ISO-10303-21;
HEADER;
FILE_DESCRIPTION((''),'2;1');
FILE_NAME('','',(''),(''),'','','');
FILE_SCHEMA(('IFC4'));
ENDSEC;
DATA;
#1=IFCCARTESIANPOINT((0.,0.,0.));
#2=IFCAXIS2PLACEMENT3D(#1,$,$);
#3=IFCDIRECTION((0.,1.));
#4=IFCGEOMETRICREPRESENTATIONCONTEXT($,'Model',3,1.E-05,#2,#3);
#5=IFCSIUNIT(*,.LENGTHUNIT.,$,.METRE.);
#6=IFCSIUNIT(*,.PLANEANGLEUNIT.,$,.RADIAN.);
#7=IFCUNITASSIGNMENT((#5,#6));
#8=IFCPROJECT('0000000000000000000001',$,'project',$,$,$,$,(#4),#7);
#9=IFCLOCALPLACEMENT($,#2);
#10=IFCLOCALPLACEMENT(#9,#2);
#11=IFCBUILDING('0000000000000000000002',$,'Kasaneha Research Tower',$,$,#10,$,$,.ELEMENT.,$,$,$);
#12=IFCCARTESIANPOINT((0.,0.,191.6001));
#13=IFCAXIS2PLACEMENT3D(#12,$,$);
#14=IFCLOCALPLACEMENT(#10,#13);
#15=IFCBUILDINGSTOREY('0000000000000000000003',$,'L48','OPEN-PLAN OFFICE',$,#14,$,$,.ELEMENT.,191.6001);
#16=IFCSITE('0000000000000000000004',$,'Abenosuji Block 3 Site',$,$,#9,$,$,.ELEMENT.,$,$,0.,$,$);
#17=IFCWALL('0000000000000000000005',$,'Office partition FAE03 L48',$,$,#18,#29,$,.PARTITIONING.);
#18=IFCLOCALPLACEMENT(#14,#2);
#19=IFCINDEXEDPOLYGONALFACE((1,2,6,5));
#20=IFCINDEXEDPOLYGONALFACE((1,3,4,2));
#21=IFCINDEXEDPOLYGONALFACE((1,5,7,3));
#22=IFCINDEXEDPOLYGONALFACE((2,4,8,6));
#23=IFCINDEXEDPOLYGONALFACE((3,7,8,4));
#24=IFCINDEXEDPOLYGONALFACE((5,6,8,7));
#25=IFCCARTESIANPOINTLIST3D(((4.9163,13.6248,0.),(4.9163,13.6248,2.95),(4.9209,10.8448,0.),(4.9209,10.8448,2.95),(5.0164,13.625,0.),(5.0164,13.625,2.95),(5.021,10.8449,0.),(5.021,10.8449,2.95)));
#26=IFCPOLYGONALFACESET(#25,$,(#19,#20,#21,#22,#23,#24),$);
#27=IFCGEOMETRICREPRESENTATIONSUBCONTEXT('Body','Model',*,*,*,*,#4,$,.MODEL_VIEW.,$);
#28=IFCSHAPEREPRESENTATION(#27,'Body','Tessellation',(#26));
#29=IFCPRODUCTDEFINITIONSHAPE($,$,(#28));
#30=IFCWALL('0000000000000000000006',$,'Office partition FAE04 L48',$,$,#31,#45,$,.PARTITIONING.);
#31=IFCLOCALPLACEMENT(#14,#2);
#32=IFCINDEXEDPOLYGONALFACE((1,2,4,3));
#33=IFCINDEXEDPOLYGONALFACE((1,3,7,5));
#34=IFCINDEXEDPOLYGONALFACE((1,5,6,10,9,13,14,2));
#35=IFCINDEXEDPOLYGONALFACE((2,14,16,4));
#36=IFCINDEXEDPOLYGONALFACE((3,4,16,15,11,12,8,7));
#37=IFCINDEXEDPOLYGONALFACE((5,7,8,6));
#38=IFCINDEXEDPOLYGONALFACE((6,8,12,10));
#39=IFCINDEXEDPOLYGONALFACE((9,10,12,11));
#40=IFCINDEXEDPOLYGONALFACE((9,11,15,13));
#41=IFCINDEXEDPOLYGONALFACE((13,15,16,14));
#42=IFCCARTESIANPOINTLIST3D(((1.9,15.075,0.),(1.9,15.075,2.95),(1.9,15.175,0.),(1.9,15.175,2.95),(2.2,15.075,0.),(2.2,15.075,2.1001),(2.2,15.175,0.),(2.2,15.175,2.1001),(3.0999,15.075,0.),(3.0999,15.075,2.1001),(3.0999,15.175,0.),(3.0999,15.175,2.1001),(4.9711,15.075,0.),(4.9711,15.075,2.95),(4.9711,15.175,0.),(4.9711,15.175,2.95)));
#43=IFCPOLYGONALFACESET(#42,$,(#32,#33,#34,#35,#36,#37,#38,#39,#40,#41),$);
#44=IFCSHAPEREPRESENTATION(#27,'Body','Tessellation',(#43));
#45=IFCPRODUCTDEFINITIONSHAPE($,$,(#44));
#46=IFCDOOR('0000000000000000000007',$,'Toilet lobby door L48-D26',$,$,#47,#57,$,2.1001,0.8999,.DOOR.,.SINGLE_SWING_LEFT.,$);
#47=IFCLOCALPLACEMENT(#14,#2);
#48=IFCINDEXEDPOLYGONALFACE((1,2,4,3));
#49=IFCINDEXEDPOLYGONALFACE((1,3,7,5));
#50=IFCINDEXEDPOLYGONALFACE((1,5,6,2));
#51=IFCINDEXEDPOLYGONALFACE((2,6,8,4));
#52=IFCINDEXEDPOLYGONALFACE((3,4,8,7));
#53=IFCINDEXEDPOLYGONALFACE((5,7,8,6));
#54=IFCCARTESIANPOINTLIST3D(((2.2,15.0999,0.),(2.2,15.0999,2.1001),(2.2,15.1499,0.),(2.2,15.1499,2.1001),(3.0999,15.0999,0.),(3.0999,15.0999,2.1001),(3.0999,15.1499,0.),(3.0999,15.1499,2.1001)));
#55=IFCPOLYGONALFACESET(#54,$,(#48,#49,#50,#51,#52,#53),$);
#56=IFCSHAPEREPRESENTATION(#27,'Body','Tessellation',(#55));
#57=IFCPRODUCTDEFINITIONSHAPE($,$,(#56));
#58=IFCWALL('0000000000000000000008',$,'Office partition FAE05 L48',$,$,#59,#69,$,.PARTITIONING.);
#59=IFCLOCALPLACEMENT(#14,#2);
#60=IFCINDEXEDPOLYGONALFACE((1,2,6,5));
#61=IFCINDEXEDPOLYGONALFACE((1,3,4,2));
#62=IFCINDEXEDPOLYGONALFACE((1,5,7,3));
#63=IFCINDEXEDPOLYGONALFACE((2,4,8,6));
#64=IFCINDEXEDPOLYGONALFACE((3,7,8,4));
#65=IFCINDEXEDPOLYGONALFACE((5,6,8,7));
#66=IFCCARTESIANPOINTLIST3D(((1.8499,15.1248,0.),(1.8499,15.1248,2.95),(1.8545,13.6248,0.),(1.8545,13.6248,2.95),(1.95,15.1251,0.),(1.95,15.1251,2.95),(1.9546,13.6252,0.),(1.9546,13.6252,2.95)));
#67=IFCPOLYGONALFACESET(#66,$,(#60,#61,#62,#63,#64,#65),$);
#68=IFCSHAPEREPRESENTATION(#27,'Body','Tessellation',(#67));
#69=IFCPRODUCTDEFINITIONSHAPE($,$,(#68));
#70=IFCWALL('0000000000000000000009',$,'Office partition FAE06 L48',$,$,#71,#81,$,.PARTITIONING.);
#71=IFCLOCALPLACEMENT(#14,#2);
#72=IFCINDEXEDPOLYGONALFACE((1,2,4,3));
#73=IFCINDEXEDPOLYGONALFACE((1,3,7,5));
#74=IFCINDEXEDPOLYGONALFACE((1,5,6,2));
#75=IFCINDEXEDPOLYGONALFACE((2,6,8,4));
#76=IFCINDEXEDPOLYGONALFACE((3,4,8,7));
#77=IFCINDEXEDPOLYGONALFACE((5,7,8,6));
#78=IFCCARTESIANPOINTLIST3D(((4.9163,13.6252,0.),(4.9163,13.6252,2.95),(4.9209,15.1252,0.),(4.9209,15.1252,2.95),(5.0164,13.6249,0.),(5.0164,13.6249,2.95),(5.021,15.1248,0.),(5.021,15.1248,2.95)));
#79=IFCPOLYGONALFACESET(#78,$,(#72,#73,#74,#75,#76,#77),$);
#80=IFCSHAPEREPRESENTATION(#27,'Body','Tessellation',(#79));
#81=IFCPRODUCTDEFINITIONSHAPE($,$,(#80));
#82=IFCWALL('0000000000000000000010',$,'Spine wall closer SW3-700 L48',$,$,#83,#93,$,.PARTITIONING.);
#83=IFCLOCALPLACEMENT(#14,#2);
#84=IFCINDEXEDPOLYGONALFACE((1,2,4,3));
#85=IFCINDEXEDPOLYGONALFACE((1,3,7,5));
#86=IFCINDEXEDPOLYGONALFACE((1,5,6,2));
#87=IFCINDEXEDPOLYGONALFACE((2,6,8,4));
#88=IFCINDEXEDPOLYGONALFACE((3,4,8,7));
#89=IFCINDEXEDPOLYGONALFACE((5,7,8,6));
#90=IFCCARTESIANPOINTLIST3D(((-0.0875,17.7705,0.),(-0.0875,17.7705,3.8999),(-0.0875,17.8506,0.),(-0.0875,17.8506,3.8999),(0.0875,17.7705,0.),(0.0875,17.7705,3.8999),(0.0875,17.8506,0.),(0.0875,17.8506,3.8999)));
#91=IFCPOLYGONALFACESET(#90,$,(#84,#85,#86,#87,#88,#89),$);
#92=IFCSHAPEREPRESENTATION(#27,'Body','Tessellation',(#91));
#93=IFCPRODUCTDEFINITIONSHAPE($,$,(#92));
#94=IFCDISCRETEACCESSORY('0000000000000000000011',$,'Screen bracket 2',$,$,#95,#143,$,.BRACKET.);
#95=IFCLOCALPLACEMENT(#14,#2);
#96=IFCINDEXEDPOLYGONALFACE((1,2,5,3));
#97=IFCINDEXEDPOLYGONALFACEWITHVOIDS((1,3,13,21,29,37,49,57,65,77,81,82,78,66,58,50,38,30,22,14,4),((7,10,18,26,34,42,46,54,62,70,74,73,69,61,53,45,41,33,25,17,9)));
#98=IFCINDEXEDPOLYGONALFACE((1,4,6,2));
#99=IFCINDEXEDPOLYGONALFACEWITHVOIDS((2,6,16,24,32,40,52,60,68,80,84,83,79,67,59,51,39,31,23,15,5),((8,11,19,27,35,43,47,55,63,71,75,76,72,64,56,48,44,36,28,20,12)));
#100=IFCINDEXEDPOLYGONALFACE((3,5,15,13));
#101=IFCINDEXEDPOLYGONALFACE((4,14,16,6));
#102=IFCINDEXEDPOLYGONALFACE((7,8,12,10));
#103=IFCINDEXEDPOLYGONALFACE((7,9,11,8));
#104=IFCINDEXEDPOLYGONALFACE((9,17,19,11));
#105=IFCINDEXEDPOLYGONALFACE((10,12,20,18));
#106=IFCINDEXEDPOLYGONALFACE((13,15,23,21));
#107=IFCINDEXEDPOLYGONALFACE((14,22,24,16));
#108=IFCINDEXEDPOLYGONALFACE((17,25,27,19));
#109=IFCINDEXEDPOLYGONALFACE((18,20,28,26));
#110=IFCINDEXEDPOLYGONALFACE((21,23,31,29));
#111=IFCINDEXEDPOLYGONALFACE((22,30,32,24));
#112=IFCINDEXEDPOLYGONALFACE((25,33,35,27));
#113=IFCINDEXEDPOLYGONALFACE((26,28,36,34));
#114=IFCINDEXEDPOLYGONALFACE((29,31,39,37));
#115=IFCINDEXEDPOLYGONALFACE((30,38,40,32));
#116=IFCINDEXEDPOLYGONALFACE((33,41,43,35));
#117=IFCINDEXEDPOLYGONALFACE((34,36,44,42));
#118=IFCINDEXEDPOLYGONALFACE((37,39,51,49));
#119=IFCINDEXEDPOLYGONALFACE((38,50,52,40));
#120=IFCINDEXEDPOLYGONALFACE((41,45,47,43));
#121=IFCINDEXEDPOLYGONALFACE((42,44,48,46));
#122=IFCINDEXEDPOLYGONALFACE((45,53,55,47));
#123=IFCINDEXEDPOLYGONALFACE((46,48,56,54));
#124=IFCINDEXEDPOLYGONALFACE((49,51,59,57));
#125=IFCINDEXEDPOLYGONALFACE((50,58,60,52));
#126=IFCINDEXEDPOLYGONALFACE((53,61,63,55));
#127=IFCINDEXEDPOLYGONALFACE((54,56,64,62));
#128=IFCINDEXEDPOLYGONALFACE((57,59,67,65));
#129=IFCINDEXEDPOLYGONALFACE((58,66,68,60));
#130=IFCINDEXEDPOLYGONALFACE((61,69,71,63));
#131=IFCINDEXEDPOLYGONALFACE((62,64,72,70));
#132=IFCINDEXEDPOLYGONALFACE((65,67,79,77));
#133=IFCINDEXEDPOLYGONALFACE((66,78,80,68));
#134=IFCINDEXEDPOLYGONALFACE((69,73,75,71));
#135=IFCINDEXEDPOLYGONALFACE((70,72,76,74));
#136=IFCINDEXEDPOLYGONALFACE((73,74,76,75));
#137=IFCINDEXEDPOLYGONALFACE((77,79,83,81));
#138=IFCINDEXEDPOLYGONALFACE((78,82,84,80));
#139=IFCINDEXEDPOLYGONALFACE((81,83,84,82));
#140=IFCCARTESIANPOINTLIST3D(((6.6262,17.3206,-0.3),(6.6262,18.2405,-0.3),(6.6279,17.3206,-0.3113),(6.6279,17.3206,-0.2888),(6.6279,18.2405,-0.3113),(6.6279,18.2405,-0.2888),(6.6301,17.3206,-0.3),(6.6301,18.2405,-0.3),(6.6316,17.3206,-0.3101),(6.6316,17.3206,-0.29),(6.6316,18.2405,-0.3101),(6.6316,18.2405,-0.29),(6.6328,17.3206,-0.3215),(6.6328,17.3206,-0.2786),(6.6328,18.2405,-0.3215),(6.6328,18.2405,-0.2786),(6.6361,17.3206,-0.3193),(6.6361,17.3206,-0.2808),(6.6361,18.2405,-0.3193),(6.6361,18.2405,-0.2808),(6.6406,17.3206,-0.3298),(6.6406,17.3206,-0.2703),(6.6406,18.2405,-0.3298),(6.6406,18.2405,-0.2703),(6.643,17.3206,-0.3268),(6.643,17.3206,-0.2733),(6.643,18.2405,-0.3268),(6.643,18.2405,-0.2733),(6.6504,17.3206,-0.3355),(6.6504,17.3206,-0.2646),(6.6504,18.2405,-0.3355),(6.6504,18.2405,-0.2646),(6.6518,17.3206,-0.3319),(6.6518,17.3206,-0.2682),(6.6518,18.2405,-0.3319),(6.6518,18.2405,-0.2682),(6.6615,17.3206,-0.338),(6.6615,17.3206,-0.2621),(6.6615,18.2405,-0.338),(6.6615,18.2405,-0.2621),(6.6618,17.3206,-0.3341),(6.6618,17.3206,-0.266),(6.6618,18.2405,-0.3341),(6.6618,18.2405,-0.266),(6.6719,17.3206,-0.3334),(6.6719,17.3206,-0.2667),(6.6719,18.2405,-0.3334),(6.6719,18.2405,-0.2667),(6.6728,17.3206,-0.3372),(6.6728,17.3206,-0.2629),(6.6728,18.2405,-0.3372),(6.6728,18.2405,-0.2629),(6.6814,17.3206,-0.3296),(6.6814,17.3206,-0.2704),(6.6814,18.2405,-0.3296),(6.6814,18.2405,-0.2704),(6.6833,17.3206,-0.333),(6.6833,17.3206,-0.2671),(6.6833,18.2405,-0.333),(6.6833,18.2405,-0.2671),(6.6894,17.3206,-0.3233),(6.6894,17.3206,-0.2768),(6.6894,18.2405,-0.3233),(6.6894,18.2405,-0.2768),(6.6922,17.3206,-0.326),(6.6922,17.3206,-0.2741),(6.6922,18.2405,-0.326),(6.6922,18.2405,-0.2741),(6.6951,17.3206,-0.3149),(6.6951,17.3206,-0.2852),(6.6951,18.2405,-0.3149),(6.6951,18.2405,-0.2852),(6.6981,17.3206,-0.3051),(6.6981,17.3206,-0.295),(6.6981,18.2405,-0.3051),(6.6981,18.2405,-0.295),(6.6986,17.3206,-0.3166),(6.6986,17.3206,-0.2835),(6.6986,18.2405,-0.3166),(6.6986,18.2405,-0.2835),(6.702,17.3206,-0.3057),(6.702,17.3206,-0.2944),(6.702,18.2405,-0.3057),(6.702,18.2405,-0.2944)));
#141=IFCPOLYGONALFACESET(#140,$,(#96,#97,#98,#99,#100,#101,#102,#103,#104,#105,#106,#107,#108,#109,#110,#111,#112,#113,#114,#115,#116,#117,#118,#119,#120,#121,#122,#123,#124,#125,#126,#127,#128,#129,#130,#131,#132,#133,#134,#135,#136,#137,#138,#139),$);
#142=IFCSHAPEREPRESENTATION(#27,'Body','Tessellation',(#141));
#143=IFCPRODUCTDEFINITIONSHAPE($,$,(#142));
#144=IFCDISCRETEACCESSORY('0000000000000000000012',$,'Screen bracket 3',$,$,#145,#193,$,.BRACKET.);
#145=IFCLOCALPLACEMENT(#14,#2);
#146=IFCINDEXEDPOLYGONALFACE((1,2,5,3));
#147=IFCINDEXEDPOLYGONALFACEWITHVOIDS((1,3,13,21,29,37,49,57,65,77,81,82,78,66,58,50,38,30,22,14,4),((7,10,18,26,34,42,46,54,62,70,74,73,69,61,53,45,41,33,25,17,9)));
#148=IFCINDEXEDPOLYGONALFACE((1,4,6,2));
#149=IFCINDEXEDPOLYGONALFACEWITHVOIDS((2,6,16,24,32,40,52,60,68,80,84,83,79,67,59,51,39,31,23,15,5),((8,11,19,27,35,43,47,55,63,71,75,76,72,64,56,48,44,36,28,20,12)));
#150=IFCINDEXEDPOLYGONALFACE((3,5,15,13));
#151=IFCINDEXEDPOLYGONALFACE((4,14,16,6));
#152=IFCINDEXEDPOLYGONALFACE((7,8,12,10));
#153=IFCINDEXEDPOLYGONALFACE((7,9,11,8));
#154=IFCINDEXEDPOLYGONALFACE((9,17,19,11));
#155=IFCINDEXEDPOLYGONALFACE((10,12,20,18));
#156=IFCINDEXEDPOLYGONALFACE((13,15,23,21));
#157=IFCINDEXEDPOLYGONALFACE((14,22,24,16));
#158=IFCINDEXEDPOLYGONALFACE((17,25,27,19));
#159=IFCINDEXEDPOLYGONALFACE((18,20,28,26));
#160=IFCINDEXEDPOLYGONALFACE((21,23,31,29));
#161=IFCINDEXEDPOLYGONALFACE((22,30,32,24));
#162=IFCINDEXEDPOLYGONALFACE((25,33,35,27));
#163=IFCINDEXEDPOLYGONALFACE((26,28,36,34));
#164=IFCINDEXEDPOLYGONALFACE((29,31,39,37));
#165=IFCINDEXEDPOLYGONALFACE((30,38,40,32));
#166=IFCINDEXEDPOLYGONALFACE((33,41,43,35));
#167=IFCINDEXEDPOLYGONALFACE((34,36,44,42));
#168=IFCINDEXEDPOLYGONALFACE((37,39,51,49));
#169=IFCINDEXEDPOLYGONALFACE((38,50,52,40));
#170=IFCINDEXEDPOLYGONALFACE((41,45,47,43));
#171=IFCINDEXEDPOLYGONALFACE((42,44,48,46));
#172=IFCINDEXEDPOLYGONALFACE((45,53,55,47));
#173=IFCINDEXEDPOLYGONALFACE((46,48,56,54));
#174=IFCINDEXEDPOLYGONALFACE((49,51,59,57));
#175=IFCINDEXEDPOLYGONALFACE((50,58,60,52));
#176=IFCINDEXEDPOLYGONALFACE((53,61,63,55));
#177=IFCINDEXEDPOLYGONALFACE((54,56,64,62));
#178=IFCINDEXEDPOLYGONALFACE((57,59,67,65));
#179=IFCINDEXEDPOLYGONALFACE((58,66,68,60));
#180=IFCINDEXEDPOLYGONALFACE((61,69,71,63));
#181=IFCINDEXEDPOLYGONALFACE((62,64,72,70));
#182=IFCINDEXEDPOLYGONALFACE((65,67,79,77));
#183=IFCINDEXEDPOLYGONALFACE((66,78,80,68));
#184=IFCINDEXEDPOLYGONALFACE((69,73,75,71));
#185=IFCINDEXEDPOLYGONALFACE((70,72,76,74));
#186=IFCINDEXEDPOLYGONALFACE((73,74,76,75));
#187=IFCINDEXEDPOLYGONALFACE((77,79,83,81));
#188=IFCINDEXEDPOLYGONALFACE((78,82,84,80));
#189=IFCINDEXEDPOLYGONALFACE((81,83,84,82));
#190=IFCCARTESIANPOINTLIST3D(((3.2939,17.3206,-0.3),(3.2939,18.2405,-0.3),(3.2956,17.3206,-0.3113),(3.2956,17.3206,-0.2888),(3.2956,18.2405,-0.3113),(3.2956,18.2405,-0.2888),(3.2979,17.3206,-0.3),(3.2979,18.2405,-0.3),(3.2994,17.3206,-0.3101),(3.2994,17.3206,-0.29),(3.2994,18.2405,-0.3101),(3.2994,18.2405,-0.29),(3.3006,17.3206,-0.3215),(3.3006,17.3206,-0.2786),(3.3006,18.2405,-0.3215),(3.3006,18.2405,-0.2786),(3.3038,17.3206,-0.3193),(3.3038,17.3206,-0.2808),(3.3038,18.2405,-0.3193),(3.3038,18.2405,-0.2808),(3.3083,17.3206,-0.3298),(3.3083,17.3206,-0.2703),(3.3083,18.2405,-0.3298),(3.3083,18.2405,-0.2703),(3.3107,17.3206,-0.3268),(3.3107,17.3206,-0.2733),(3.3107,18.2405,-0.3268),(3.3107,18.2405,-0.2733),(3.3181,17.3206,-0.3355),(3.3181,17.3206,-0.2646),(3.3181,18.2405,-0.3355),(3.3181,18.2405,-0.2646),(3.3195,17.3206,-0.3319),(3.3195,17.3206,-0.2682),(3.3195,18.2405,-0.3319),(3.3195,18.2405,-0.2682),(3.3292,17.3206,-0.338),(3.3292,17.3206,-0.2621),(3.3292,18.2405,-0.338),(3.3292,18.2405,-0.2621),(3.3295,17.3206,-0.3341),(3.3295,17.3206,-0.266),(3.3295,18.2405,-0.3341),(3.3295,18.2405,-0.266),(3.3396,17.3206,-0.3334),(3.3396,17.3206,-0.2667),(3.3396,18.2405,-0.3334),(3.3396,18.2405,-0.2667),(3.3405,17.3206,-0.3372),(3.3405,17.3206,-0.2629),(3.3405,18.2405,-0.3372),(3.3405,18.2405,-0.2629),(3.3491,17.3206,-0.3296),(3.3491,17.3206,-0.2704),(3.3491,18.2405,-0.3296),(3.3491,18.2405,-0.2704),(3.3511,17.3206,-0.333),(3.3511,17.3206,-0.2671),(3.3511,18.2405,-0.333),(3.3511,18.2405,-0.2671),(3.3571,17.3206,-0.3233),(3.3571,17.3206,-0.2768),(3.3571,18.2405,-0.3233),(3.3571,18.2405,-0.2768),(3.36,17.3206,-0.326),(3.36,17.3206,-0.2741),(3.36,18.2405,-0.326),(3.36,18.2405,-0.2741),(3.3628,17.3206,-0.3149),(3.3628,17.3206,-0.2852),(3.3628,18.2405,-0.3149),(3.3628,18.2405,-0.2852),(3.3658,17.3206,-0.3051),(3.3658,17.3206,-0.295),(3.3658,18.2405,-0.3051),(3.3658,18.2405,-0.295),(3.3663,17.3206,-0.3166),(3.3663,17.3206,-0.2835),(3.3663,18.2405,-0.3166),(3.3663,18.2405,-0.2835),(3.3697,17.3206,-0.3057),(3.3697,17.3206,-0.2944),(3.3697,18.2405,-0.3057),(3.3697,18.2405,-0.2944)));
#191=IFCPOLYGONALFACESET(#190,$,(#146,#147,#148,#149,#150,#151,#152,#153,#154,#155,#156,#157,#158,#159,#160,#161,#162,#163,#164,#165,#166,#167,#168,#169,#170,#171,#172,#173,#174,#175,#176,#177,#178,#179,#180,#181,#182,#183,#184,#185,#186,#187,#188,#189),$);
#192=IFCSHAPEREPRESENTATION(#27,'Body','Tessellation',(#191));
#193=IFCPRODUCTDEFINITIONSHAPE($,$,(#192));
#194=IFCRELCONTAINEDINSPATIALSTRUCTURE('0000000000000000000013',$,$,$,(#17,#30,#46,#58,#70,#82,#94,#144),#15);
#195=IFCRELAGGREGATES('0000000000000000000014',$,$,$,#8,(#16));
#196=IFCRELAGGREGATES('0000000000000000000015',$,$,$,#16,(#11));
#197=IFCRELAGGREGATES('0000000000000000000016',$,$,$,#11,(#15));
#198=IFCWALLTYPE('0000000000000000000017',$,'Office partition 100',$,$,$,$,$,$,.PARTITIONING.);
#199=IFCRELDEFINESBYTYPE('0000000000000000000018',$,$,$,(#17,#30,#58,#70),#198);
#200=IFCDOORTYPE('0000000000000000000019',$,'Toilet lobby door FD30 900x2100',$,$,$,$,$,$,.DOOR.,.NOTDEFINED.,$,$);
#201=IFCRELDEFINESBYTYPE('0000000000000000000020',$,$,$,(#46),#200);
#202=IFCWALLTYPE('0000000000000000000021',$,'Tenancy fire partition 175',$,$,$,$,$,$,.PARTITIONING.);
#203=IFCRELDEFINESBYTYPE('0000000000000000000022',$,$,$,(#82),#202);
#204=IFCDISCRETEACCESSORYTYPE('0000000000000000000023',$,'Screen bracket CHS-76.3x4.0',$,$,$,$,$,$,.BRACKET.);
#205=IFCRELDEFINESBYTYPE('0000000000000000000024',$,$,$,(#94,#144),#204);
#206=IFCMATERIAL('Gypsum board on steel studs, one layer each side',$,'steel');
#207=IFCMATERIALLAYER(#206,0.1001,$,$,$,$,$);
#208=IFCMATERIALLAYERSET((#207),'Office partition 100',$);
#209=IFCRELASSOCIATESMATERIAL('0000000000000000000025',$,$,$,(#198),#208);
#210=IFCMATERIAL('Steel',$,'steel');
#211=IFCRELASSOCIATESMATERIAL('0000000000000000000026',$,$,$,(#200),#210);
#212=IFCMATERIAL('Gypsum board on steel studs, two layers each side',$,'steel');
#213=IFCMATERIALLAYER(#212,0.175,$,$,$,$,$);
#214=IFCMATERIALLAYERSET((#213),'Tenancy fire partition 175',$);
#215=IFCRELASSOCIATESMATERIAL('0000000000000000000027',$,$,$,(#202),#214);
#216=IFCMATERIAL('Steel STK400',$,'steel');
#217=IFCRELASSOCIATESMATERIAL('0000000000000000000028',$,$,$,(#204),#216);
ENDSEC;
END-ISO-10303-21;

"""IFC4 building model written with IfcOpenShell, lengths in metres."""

from ifc_helpers import new_model, si_unit, direction, frame, frame_2d, origin, origin_2d, place, context, subcontext, project, spatial, rectangle, hollow_circle, extrude, material, layer, layer_set, material_profile, profile_set, type_object, element, fill, save


model = new_model("IFC4")

# Units and contexts
model_context = context("Model", 3, precision=1e-05, world=origin(), true_north=direction((0.0, 1.0)))
body_context = subcontext(model_context, "Body", "Model", "MODEL_VIEW")
ifc_project = project(units=[si_unit("LENGTHUNIT", "METRE"), si_unit("PLANEANGLEUNIT", "RADIAN")], contexts=[model_context])

# Site, building, storey
site_placement = place(None, origin())
site = spatial("IfcSite", under=ifc_project, at=site_placement, Name="Abenosuji Block 3 Site", CompositionType="ELEMENT", RefElevation=0.0)
building_placement = place(site_placement, origin())
building = spatial("IfcBuilding", under=site, at=building_placement, Name="Kasaneha Research Tower", CompositionType="ELEMENT")
storey_placement = place(building_placement, frame((0.0, 0.0, 191.6001)))
storey = spatial("IfcBuildingStorey", under=building, at=storey_placement, Name="L48", Description="OPEN-PLAN OFFICE", CompositionType="ELEMENT", Elevation=191.6001)

# Shared definitions
ifc_material_1 = material(Name="Gypsum board on steel studs, one layer each side", Category="steel")
ifc_layer_1 = layer(ifc_material_1, 0.1001)
ifc_layer_set_1 = layer_set([ifc_layer_1], Name="Office partition 100")
wall_type_1 = type_object("IfcWallType", Name="Office partition 100", PredefinedType="PARTITIONING", material=ifc_layer_set_1)
ifc_material_2 = material(Name="Steel", Category="steel")
door_type = type_object("IfcDoorType", Name="Toilet lobby door FD30 900x2100", OperationType="NOTDEFINED", PredefinedType="DOOR", material=ifc_material_2)

# Wall
for number, where, z_axis, x_axis, name in (
    (1, (4.9663, 13.625, 0.0), (0.0, 0.0, 1.0), (0.001669, -0.999999, 0.0), "Office partition FAE03 L48"),
):
    element("IfcWall", number, at=place(storey_placement, frame(where, z_axis=z_axis, x_axis=x_axis)), inside=storey, type_object=wall_type_1, Name=name, PredefinedType="PARTITIONING", context=body_context, shape_type="SweptSolid", body=[
        extrude(rectangle(XDim=2.78, YDim=0.1001, at=frame_2d((1.3901, 0.0))), origin(), (0.0, 0.0, 1.0), 2.95),
    ])

# Wall, opening, door
wall_1_placement = place(storey_placement, frame((1.8999, 15.125, 0.0), z_axis=(0.0, 0.0, 1.0), x_axis=(1.0, 0.0, 0.0)))
wall_1 = element("IfcWall", 2, at=wall_1_placement, inside=storey, type_object=wall_type_1, Name="Office partition FAE04 L48", PredefinedType="PARTITIONING", context=body_context, shape_type="SweptSolid", body=[
    extrude(rectangle(XDim=3.071, YDim=0.1001, at=frame_2d((1.5356, 0.0))), origin(), (0.0, 0.0, 1.0), 2.95),
])
opening_1_placement = place(wall_1_placement, frame((0.3, 0.0, 0.0)))
opening_1 = element("IfcOpeningElement", 3, at=opening_1_placement, cuts=wall_1, PredefinedType="OPENING", context=body_context, shape_type="SweptSolid", body=[
    extrude(rectangle(XDim=0.8999, YDim=2.1001, at=frame_2d((0.45, 1.05))), frame((0.0, 0.0601, 0.0), z_axis=(0.0, -1.0, 0.0), x_axis=(1.0, 0.0, 0.0)), (0.0, 0.0, 1.0), 0.1201),
])
door_1_placement = place(opening_1_placement, origin())
door_1 = element("IfcDoor", 4, at=door_1_placement, inside=storey, type_object=door_type, Name="Toilet lobby door L48-D26", OperationType="SINGLE_SWING_LEFT", OverallHeight=2.1001, OverallWidth=0.8999, PredefinedType="DOOR", context=body_context, shape_type="SweptSolid", body=[
    extrude(rectangle(XDim=0.8999, YDim=2.1001, at=frame_2d((0.45, 1.05))), frame((0.0, 0.0249, 0.0), z_axis=(0.0, -1.0, 0.0), x_axis=(1.0, 0.0, 0.0)), (0.0, 0.0, 1.0), 0.05),
])
fill(opening_1, door_1)

# Walls
for number, where, z_axis, x_axis, name in (
    (5, (1.9045, 13.625, 0.0), (0.0, 0.0, 1.0), (-0.003092, 0.999995, 0.0), "Office partition FAE05 L48"),
    (6, (4.9709, 15.125, 0.0), (0.0, 0.0, 1.0), (-0.003092, -0.999995, 0.0), "Office partition FAE06 L48"),
):
    element("IfcWall", number, at=place(storey_placement, frame(where, z_axis=z_axis, x_axis=x_axis)), inside=storey, type_object=wall_type_1, Name=name, PredefinedType="PARTITIONING", context=body_context, shape_type="SweptSolid", body=[
        extrude(rectangle(XDim=1.5, YDim=0.1001, at=frame_2d((0.75, 0.0))), origin(), (0.0, 0.0, 1.0), 2.95),
    ])
ifc_material_3 = material(Name="Gypsum board on steel studs, two layers each side", Category="steel")
ifc_layer_2 = layer(ifc_material_3, 0.175)
ifc_layer_set_2 = layer_set([ifc_layer_2], Name="Tenancy fire partition 175")
wall_type_2 = type_object("IfcWallType", Name="Tenancy fire partition 175", PredefinedType="PARTITIONING", material=ifc_layer_set_2)
wall_2_placement = place(storey_placement, frame((0.0, 17.7705, 0.0), z_axis=(0.0, 0.0, 1.0), x_axis=(0.0, 1.0, 0.0)))
element("IfcWall", 7, at=wall_2_placement, inside=storey, type_object=wall_type_2, Name="Spine wall closer SW3-700 L48", PredefinedType="PARTITIONING", context=body_context, shape_type="SweptSolid", body=[
    extrude(rectangle(XDim=0.0801, YDim=0.175, at=frame_2d((0.04, 0.0))), origin(), (0.0, 0.0, 1.0), 3.8999),
])

# Discrete accessories
ifc_material_4 = material(Name="Steel STK400", Category="steel")
ifc_material_profile_1 = material_profile(ifc_material_4, hollow_circle(Radius=0.0381, WallThickness=0.0039, at=origin_2d()), Name="CHS-76.3x4.0")
ifc_profile_set_1 = profile_set([ifc_material_profile_1], Name="Steel STK400")
discrete_accessory_type = type_object("IfcDiscreteAccessoryType", Name="Screen bracket CHS-76.3x4.0", PredefinedType="BRACKET", material=ifc_profile_set_1)
for number, where, z_axis, x_axis, name in (
    (8, (6.6643, 17.3206, -0.3), (0.0, 1.0, 0.0), (-1.0, 0.0, 0.0), "Screen bracket 2"),
    (9, (3.332, 17.3206, -0.3), (0.0, 1.0, 0.0), (-1.0, 0.0, 0.0), "Screen bracket 3"),
):
    element("IfcDiscreteAccessory", number, at=place(storey_placement, frame(where, z_axis=z_axis, x_axis=x_axis)), inside=storey, type_object=discrete_accessory_type, Name=name, PredefinedType="BRACKET", context=body_context, shape_type="SweptSolid", body=[
        extrude(hollow_circle(Radius=0.0381, WallThickness=0.0039, at=origin_2d()), origin(), (0.0, 0.0, 1.0), 0.9199),
    ])

save(model, "model.ifc")
